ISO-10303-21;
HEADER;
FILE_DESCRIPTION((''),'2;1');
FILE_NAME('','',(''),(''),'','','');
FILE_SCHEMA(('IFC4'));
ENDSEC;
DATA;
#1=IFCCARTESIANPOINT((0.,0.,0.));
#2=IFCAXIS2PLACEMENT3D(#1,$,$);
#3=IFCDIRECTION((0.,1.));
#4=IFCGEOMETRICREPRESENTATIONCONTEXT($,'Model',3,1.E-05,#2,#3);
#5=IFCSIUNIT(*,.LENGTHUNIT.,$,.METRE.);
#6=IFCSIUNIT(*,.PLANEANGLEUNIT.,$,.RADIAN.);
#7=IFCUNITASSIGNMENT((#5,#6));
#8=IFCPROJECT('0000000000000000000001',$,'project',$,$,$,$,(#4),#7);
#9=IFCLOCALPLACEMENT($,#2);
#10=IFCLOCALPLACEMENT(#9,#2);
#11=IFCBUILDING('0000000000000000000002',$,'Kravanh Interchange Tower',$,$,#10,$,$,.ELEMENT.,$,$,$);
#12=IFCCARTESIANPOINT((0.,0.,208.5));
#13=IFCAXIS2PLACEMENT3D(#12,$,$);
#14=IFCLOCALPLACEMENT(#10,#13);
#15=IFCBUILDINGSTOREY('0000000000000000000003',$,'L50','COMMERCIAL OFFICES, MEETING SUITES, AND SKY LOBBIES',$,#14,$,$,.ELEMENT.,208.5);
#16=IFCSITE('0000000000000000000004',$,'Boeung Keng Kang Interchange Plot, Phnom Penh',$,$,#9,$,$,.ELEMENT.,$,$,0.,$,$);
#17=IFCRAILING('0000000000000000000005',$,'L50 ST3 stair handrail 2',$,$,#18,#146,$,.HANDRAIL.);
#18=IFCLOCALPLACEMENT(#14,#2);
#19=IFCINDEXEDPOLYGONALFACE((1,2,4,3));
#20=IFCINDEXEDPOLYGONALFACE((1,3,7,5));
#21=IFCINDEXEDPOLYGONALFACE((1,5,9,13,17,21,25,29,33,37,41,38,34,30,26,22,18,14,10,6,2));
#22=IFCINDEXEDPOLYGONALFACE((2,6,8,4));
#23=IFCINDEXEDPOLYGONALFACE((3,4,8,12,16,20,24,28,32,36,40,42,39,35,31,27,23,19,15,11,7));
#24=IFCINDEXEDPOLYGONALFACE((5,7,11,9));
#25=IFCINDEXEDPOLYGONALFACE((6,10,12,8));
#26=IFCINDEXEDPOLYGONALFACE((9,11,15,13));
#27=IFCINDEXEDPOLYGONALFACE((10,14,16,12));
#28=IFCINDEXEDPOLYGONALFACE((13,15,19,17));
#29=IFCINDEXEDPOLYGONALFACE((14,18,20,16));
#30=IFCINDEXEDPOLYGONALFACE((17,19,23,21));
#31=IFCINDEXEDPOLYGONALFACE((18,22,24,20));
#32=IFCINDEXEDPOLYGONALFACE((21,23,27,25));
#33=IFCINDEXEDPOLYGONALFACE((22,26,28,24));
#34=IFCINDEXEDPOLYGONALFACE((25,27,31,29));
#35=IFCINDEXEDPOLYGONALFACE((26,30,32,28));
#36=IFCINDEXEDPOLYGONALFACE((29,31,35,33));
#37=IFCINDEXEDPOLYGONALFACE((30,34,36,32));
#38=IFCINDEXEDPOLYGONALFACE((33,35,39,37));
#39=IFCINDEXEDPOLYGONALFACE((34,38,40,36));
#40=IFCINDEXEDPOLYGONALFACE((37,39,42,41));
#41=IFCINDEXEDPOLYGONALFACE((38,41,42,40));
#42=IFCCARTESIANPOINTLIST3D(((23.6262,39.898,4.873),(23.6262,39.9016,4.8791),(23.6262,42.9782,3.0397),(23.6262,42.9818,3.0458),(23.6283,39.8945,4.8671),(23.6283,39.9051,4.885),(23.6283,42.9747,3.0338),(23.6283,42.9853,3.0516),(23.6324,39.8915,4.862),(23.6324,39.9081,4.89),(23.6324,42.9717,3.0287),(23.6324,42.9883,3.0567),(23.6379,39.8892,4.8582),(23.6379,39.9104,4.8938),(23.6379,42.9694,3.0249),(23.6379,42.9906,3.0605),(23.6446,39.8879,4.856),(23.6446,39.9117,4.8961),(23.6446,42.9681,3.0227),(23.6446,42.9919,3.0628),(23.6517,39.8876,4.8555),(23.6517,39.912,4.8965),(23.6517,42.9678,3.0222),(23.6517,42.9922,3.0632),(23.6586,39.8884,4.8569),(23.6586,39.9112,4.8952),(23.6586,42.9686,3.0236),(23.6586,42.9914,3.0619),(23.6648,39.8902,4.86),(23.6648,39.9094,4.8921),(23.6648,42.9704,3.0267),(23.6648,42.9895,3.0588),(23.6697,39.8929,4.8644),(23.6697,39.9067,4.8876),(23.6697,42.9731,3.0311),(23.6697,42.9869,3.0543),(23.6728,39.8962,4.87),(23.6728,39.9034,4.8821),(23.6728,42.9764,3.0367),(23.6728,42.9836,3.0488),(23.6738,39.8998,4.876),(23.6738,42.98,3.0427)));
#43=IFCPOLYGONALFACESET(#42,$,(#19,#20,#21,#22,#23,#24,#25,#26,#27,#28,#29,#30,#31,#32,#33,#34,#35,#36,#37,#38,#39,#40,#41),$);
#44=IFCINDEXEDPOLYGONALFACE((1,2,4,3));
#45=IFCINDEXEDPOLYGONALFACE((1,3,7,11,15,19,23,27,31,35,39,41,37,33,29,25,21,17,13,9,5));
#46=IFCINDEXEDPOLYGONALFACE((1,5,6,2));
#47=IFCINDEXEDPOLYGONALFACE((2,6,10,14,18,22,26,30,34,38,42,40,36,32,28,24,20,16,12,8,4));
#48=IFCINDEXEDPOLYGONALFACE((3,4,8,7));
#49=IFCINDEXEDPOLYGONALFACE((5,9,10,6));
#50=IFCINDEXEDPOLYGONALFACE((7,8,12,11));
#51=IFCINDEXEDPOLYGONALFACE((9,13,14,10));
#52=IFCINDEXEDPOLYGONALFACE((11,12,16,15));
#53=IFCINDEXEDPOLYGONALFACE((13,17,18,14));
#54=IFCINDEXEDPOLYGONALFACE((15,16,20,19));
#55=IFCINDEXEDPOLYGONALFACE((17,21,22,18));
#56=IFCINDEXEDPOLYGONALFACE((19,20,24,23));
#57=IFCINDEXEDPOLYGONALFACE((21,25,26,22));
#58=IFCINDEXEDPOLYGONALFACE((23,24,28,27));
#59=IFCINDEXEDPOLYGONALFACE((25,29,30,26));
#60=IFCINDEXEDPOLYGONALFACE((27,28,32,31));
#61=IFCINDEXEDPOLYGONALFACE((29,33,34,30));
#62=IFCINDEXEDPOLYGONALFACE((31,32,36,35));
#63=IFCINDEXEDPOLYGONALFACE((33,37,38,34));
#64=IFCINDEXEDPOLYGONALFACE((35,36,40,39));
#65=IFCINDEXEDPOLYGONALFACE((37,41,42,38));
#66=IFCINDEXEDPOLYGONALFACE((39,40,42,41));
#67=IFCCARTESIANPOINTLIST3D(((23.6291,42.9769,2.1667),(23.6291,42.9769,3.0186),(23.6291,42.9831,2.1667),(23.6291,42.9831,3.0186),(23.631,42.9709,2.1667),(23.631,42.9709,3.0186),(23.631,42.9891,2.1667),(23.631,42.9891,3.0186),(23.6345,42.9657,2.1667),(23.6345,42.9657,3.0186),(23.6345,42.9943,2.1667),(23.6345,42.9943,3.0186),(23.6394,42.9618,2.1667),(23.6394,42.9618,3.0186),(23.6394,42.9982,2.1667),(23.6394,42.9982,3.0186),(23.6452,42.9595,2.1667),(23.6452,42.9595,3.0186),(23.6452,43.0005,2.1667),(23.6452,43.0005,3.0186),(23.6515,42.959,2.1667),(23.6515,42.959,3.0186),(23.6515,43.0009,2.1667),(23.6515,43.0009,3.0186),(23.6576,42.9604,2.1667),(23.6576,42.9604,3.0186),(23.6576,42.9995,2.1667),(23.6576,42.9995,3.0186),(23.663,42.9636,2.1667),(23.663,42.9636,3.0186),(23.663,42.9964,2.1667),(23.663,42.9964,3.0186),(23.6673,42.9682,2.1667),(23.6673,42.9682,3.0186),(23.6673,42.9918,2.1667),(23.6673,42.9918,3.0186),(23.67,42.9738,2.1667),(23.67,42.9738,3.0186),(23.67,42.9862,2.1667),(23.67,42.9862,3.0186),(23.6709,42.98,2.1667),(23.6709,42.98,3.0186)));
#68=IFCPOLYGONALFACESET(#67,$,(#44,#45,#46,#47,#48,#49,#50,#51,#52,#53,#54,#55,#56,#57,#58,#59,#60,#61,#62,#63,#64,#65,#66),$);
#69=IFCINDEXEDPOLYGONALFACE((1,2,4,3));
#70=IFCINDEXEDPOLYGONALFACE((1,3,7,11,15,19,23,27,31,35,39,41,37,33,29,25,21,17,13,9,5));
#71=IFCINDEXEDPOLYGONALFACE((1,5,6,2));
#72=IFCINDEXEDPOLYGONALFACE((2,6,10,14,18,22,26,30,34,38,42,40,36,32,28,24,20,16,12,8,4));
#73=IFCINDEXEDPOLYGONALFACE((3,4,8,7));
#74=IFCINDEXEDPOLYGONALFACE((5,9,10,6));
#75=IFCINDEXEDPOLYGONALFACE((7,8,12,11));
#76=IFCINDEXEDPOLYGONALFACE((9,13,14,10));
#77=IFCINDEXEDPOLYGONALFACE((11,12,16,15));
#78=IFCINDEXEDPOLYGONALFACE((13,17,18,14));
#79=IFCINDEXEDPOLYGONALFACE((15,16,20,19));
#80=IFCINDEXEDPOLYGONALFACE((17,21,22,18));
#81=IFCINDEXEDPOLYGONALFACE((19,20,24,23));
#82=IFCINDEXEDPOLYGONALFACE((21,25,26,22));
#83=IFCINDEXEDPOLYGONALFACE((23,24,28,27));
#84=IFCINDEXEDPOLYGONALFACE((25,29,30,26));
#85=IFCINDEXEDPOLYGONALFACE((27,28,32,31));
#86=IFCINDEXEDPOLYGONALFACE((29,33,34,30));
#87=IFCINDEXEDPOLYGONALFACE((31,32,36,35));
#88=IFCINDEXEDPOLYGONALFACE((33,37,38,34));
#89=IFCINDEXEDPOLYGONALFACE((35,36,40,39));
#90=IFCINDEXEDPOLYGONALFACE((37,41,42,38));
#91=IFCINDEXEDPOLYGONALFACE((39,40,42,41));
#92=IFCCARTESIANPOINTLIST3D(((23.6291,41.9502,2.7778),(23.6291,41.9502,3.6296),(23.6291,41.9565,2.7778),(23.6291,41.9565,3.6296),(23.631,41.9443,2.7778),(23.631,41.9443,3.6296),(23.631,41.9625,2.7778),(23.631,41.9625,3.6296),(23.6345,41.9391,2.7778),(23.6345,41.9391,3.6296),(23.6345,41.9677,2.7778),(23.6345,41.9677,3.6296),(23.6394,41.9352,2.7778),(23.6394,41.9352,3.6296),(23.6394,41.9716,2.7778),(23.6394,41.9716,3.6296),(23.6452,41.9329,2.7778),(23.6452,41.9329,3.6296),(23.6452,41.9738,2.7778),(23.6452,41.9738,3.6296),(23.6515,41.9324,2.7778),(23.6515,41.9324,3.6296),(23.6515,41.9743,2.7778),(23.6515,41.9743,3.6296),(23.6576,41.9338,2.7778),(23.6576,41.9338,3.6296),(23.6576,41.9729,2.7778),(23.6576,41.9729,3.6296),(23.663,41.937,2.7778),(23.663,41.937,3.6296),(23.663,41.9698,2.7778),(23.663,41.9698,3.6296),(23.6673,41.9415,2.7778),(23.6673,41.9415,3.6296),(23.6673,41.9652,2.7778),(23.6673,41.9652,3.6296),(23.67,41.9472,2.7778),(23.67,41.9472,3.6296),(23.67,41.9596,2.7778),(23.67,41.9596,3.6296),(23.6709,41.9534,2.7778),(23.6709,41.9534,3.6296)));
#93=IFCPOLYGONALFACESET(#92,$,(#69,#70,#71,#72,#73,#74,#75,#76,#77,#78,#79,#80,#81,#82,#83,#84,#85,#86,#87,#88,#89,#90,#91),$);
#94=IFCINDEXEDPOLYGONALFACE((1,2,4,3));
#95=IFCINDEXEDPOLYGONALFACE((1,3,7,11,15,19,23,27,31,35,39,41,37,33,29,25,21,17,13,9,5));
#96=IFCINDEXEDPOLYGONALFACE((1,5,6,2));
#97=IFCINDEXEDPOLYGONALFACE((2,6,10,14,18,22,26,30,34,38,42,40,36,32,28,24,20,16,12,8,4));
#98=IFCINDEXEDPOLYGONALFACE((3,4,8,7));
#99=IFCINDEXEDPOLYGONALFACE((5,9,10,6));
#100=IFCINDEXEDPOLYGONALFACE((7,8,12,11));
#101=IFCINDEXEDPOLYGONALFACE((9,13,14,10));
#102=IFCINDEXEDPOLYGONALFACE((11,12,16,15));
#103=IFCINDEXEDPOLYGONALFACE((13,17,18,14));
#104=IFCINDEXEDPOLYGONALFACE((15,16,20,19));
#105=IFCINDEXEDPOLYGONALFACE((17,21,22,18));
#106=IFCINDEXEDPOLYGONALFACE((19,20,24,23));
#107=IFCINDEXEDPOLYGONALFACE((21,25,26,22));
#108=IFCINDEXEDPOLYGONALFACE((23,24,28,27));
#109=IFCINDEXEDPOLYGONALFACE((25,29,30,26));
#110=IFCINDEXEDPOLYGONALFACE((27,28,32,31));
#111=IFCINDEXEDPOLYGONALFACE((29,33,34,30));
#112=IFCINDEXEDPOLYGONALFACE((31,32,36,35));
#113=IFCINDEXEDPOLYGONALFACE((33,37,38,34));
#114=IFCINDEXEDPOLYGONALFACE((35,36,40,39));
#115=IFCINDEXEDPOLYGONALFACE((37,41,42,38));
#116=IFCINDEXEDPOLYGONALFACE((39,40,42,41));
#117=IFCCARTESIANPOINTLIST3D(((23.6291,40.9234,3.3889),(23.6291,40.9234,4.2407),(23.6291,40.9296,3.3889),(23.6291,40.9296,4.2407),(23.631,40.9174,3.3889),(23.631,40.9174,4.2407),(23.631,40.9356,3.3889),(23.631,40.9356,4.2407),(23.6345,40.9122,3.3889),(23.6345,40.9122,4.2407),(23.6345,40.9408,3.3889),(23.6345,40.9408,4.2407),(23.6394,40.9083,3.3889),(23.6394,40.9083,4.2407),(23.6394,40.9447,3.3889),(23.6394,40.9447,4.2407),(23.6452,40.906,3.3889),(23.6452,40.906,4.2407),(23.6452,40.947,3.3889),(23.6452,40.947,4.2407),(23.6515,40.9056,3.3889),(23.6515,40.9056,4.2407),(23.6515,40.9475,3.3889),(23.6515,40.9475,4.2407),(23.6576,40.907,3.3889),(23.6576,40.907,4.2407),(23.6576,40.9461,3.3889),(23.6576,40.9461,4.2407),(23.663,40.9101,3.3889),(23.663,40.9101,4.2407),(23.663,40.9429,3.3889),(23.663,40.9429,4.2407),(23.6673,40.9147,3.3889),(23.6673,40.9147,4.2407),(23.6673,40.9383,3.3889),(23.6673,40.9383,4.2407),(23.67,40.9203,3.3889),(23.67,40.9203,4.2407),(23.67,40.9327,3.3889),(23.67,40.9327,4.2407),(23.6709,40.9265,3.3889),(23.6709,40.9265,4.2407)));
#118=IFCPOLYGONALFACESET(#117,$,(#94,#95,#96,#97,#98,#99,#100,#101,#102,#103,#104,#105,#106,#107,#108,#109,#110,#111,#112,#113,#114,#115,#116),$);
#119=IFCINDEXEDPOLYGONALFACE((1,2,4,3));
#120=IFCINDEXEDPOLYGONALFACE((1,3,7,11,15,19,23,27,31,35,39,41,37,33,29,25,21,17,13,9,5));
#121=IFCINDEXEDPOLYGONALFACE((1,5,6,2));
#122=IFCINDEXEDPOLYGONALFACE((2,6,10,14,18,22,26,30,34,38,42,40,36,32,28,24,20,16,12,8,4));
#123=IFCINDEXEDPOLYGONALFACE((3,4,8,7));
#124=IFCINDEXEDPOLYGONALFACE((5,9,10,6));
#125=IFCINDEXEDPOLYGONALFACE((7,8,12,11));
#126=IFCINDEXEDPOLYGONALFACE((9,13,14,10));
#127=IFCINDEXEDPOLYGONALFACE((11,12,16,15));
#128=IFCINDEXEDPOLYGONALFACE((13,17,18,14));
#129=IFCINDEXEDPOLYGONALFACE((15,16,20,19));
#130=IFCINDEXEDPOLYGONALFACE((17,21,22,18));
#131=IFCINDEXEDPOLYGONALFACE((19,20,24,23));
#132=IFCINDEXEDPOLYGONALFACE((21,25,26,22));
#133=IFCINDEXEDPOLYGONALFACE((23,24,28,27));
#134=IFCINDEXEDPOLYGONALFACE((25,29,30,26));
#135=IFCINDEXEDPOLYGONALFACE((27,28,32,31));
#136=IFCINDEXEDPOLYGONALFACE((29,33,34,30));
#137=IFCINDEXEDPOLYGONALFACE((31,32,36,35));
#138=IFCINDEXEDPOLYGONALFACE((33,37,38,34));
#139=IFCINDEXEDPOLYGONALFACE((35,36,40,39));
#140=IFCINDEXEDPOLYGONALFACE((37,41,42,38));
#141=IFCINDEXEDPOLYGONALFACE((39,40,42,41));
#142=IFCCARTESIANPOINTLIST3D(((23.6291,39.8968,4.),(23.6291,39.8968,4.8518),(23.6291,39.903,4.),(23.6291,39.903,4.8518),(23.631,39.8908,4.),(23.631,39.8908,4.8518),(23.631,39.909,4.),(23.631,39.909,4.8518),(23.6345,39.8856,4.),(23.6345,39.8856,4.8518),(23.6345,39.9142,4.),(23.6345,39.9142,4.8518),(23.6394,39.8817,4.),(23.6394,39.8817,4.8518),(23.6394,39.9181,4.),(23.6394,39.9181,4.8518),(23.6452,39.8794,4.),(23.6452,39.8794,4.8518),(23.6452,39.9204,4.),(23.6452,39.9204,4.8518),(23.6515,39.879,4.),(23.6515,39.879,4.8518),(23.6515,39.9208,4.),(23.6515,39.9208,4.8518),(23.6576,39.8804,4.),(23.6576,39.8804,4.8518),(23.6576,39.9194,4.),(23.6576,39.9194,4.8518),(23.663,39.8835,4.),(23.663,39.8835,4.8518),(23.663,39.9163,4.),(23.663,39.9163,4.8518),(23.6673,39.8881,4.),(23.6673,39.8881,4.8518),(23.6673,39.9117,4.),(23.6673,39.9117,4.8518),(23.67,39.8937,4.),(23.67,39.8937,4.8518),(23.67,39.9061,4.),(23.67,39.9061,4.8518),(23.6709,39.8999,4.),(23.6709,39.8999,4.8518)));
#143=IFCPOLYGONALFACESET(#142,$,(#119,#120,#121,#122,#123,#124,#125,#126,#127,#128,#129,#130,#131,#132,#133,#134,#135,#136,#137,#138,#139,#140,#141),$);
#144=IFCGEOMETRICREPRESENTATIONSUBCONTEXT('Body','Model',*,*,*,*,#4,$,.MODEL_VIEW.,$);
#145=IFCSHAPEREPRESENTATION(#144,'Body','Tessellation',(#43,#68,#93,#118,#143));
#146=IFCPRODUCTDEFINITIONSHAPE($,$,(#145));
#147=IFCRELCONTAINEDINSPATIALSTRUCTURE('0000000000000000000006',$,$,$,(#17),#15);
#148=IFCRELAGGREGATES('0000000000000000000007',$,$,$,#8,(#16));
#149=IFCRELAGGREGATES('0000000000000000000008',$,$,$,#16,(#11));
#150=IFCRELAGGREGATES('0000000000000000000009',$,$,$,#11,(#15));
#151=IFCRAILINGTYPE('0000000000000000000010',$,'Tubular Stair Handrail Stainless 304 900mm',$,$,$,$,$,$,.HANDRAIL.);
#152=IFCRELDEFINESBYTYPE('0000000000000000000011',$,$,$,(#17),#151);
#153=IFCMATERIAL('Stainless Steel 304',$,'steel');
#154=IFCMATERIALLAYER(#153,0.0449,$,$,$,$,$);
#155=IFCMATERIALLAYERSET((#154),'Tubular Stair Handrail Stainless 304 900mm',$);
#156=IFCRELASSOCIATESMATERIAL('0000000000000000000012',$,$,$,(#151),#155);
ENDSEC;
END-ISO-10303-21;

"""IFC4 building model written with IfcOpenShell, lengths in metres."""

from ifc_helpers import new_model, si_unit, direction, frame, origin, origin_2d, place, context, subcontext, project, spatial, circle, extrude, material, layer, layer_set, type_object, element, save


model = new_model("IFC4")

# Units and contexts
model_context = context("Model", 3, precision=1e-05, world=origin(), true_north=direction((0.0, 1.0)))
body_context = subcontext(model_context, "Body", "Model", "MODEL_VIEW")
ifc_project = project(units=[si_unit("LENGTHUNIT", "METRE"), si_unit("PLANEANGLEUNIT", "RADIAN")], contexts=[model_context])

# Site, building, storey
site_placement = place(None, origin())
site = spatial("IfcSite", under=ifc_project, at=site_placement, Name="Boeung Keng Kang Interchange Plot, Phnom Penh", CompositionType="ELEMENT", RefElevation=0.0)
building_placement = place(site_placement, origin())
building = spatial("IfcBuilding", under=site, at=building_placement, Name="Kravanh Interchange Tower", CompositionType="ELEMENT")
storey_placement = place(building_placement, frame((0.0, 0.0, 208.5)))
storey = spatial("IfcBuildingStorey", under=building, at=storey_placement, Name="L50", Description="COMMERCIAL OFFICES, MEETING SUITES, AND SKY LOBBIES", CompositionType="ELEMENT", Elevation=208.5)

# Railing
ifc_material_1 = material(Name="Stainless Steel 304", Category="steel")
ifc_layer_1 = layer(ifc_material_1, 0.0449)
ifc_layer_set_1 = layer_set([ifc_layer_1], Name="Tubular Stair Handrail Stainless 304 900mm")
railing_type_1 = type_object("IfcRailingType", Name="Tubular Stair Handrail Stainless 304 900mm", PredefinedType="HANDRAIL", material=ifc_layer_set_1)
railing_1_placement = place(storey_placement, frame((23.6499, 42.98, 2.1667)))
element("IfcRailing", 1, at=railing_1_placement, inside=storey, type_object=railing_type_1, Name="L50 ST3 stair handrail 2", PredefinedType="HANDRAIL", context=body_context, shape_type="SweptSolid", body=[
    extrude(circle(Radius=0.0239, at=origin_2d()), frame((0.0, 0.0, 0.876), z_axis=(0.0, -0.859309, 0.511458), x_axis=(1.0, 0.0, 0.0)), (0.0, 0.0, 1.0), 3.5845),
    extrude(circle(Radius=0.021, at=origin_2d()), origin(), (0.0, 0.0, 1.0), 0.8518),
    extrude(circle(Radius=0.021, at=origin_2d()), frame((0.0, -1.0266, 0.6111)), (0.0, 0.0, 1.0), 0.8518),
    extrude(circle(Radius=0.021, at=origin_2d()), frame((0.0, -2.0535, 1.2222)), (0.0, 0.0, 1.0), 0.8518),
    extrude(circle(Radius=0.021, at=origin_2d()), frame((0.0, -3.0801, 1.8333)), (0.0, 0.0, 1.0), 0.8518),
])

save(model, "model.ifc")
